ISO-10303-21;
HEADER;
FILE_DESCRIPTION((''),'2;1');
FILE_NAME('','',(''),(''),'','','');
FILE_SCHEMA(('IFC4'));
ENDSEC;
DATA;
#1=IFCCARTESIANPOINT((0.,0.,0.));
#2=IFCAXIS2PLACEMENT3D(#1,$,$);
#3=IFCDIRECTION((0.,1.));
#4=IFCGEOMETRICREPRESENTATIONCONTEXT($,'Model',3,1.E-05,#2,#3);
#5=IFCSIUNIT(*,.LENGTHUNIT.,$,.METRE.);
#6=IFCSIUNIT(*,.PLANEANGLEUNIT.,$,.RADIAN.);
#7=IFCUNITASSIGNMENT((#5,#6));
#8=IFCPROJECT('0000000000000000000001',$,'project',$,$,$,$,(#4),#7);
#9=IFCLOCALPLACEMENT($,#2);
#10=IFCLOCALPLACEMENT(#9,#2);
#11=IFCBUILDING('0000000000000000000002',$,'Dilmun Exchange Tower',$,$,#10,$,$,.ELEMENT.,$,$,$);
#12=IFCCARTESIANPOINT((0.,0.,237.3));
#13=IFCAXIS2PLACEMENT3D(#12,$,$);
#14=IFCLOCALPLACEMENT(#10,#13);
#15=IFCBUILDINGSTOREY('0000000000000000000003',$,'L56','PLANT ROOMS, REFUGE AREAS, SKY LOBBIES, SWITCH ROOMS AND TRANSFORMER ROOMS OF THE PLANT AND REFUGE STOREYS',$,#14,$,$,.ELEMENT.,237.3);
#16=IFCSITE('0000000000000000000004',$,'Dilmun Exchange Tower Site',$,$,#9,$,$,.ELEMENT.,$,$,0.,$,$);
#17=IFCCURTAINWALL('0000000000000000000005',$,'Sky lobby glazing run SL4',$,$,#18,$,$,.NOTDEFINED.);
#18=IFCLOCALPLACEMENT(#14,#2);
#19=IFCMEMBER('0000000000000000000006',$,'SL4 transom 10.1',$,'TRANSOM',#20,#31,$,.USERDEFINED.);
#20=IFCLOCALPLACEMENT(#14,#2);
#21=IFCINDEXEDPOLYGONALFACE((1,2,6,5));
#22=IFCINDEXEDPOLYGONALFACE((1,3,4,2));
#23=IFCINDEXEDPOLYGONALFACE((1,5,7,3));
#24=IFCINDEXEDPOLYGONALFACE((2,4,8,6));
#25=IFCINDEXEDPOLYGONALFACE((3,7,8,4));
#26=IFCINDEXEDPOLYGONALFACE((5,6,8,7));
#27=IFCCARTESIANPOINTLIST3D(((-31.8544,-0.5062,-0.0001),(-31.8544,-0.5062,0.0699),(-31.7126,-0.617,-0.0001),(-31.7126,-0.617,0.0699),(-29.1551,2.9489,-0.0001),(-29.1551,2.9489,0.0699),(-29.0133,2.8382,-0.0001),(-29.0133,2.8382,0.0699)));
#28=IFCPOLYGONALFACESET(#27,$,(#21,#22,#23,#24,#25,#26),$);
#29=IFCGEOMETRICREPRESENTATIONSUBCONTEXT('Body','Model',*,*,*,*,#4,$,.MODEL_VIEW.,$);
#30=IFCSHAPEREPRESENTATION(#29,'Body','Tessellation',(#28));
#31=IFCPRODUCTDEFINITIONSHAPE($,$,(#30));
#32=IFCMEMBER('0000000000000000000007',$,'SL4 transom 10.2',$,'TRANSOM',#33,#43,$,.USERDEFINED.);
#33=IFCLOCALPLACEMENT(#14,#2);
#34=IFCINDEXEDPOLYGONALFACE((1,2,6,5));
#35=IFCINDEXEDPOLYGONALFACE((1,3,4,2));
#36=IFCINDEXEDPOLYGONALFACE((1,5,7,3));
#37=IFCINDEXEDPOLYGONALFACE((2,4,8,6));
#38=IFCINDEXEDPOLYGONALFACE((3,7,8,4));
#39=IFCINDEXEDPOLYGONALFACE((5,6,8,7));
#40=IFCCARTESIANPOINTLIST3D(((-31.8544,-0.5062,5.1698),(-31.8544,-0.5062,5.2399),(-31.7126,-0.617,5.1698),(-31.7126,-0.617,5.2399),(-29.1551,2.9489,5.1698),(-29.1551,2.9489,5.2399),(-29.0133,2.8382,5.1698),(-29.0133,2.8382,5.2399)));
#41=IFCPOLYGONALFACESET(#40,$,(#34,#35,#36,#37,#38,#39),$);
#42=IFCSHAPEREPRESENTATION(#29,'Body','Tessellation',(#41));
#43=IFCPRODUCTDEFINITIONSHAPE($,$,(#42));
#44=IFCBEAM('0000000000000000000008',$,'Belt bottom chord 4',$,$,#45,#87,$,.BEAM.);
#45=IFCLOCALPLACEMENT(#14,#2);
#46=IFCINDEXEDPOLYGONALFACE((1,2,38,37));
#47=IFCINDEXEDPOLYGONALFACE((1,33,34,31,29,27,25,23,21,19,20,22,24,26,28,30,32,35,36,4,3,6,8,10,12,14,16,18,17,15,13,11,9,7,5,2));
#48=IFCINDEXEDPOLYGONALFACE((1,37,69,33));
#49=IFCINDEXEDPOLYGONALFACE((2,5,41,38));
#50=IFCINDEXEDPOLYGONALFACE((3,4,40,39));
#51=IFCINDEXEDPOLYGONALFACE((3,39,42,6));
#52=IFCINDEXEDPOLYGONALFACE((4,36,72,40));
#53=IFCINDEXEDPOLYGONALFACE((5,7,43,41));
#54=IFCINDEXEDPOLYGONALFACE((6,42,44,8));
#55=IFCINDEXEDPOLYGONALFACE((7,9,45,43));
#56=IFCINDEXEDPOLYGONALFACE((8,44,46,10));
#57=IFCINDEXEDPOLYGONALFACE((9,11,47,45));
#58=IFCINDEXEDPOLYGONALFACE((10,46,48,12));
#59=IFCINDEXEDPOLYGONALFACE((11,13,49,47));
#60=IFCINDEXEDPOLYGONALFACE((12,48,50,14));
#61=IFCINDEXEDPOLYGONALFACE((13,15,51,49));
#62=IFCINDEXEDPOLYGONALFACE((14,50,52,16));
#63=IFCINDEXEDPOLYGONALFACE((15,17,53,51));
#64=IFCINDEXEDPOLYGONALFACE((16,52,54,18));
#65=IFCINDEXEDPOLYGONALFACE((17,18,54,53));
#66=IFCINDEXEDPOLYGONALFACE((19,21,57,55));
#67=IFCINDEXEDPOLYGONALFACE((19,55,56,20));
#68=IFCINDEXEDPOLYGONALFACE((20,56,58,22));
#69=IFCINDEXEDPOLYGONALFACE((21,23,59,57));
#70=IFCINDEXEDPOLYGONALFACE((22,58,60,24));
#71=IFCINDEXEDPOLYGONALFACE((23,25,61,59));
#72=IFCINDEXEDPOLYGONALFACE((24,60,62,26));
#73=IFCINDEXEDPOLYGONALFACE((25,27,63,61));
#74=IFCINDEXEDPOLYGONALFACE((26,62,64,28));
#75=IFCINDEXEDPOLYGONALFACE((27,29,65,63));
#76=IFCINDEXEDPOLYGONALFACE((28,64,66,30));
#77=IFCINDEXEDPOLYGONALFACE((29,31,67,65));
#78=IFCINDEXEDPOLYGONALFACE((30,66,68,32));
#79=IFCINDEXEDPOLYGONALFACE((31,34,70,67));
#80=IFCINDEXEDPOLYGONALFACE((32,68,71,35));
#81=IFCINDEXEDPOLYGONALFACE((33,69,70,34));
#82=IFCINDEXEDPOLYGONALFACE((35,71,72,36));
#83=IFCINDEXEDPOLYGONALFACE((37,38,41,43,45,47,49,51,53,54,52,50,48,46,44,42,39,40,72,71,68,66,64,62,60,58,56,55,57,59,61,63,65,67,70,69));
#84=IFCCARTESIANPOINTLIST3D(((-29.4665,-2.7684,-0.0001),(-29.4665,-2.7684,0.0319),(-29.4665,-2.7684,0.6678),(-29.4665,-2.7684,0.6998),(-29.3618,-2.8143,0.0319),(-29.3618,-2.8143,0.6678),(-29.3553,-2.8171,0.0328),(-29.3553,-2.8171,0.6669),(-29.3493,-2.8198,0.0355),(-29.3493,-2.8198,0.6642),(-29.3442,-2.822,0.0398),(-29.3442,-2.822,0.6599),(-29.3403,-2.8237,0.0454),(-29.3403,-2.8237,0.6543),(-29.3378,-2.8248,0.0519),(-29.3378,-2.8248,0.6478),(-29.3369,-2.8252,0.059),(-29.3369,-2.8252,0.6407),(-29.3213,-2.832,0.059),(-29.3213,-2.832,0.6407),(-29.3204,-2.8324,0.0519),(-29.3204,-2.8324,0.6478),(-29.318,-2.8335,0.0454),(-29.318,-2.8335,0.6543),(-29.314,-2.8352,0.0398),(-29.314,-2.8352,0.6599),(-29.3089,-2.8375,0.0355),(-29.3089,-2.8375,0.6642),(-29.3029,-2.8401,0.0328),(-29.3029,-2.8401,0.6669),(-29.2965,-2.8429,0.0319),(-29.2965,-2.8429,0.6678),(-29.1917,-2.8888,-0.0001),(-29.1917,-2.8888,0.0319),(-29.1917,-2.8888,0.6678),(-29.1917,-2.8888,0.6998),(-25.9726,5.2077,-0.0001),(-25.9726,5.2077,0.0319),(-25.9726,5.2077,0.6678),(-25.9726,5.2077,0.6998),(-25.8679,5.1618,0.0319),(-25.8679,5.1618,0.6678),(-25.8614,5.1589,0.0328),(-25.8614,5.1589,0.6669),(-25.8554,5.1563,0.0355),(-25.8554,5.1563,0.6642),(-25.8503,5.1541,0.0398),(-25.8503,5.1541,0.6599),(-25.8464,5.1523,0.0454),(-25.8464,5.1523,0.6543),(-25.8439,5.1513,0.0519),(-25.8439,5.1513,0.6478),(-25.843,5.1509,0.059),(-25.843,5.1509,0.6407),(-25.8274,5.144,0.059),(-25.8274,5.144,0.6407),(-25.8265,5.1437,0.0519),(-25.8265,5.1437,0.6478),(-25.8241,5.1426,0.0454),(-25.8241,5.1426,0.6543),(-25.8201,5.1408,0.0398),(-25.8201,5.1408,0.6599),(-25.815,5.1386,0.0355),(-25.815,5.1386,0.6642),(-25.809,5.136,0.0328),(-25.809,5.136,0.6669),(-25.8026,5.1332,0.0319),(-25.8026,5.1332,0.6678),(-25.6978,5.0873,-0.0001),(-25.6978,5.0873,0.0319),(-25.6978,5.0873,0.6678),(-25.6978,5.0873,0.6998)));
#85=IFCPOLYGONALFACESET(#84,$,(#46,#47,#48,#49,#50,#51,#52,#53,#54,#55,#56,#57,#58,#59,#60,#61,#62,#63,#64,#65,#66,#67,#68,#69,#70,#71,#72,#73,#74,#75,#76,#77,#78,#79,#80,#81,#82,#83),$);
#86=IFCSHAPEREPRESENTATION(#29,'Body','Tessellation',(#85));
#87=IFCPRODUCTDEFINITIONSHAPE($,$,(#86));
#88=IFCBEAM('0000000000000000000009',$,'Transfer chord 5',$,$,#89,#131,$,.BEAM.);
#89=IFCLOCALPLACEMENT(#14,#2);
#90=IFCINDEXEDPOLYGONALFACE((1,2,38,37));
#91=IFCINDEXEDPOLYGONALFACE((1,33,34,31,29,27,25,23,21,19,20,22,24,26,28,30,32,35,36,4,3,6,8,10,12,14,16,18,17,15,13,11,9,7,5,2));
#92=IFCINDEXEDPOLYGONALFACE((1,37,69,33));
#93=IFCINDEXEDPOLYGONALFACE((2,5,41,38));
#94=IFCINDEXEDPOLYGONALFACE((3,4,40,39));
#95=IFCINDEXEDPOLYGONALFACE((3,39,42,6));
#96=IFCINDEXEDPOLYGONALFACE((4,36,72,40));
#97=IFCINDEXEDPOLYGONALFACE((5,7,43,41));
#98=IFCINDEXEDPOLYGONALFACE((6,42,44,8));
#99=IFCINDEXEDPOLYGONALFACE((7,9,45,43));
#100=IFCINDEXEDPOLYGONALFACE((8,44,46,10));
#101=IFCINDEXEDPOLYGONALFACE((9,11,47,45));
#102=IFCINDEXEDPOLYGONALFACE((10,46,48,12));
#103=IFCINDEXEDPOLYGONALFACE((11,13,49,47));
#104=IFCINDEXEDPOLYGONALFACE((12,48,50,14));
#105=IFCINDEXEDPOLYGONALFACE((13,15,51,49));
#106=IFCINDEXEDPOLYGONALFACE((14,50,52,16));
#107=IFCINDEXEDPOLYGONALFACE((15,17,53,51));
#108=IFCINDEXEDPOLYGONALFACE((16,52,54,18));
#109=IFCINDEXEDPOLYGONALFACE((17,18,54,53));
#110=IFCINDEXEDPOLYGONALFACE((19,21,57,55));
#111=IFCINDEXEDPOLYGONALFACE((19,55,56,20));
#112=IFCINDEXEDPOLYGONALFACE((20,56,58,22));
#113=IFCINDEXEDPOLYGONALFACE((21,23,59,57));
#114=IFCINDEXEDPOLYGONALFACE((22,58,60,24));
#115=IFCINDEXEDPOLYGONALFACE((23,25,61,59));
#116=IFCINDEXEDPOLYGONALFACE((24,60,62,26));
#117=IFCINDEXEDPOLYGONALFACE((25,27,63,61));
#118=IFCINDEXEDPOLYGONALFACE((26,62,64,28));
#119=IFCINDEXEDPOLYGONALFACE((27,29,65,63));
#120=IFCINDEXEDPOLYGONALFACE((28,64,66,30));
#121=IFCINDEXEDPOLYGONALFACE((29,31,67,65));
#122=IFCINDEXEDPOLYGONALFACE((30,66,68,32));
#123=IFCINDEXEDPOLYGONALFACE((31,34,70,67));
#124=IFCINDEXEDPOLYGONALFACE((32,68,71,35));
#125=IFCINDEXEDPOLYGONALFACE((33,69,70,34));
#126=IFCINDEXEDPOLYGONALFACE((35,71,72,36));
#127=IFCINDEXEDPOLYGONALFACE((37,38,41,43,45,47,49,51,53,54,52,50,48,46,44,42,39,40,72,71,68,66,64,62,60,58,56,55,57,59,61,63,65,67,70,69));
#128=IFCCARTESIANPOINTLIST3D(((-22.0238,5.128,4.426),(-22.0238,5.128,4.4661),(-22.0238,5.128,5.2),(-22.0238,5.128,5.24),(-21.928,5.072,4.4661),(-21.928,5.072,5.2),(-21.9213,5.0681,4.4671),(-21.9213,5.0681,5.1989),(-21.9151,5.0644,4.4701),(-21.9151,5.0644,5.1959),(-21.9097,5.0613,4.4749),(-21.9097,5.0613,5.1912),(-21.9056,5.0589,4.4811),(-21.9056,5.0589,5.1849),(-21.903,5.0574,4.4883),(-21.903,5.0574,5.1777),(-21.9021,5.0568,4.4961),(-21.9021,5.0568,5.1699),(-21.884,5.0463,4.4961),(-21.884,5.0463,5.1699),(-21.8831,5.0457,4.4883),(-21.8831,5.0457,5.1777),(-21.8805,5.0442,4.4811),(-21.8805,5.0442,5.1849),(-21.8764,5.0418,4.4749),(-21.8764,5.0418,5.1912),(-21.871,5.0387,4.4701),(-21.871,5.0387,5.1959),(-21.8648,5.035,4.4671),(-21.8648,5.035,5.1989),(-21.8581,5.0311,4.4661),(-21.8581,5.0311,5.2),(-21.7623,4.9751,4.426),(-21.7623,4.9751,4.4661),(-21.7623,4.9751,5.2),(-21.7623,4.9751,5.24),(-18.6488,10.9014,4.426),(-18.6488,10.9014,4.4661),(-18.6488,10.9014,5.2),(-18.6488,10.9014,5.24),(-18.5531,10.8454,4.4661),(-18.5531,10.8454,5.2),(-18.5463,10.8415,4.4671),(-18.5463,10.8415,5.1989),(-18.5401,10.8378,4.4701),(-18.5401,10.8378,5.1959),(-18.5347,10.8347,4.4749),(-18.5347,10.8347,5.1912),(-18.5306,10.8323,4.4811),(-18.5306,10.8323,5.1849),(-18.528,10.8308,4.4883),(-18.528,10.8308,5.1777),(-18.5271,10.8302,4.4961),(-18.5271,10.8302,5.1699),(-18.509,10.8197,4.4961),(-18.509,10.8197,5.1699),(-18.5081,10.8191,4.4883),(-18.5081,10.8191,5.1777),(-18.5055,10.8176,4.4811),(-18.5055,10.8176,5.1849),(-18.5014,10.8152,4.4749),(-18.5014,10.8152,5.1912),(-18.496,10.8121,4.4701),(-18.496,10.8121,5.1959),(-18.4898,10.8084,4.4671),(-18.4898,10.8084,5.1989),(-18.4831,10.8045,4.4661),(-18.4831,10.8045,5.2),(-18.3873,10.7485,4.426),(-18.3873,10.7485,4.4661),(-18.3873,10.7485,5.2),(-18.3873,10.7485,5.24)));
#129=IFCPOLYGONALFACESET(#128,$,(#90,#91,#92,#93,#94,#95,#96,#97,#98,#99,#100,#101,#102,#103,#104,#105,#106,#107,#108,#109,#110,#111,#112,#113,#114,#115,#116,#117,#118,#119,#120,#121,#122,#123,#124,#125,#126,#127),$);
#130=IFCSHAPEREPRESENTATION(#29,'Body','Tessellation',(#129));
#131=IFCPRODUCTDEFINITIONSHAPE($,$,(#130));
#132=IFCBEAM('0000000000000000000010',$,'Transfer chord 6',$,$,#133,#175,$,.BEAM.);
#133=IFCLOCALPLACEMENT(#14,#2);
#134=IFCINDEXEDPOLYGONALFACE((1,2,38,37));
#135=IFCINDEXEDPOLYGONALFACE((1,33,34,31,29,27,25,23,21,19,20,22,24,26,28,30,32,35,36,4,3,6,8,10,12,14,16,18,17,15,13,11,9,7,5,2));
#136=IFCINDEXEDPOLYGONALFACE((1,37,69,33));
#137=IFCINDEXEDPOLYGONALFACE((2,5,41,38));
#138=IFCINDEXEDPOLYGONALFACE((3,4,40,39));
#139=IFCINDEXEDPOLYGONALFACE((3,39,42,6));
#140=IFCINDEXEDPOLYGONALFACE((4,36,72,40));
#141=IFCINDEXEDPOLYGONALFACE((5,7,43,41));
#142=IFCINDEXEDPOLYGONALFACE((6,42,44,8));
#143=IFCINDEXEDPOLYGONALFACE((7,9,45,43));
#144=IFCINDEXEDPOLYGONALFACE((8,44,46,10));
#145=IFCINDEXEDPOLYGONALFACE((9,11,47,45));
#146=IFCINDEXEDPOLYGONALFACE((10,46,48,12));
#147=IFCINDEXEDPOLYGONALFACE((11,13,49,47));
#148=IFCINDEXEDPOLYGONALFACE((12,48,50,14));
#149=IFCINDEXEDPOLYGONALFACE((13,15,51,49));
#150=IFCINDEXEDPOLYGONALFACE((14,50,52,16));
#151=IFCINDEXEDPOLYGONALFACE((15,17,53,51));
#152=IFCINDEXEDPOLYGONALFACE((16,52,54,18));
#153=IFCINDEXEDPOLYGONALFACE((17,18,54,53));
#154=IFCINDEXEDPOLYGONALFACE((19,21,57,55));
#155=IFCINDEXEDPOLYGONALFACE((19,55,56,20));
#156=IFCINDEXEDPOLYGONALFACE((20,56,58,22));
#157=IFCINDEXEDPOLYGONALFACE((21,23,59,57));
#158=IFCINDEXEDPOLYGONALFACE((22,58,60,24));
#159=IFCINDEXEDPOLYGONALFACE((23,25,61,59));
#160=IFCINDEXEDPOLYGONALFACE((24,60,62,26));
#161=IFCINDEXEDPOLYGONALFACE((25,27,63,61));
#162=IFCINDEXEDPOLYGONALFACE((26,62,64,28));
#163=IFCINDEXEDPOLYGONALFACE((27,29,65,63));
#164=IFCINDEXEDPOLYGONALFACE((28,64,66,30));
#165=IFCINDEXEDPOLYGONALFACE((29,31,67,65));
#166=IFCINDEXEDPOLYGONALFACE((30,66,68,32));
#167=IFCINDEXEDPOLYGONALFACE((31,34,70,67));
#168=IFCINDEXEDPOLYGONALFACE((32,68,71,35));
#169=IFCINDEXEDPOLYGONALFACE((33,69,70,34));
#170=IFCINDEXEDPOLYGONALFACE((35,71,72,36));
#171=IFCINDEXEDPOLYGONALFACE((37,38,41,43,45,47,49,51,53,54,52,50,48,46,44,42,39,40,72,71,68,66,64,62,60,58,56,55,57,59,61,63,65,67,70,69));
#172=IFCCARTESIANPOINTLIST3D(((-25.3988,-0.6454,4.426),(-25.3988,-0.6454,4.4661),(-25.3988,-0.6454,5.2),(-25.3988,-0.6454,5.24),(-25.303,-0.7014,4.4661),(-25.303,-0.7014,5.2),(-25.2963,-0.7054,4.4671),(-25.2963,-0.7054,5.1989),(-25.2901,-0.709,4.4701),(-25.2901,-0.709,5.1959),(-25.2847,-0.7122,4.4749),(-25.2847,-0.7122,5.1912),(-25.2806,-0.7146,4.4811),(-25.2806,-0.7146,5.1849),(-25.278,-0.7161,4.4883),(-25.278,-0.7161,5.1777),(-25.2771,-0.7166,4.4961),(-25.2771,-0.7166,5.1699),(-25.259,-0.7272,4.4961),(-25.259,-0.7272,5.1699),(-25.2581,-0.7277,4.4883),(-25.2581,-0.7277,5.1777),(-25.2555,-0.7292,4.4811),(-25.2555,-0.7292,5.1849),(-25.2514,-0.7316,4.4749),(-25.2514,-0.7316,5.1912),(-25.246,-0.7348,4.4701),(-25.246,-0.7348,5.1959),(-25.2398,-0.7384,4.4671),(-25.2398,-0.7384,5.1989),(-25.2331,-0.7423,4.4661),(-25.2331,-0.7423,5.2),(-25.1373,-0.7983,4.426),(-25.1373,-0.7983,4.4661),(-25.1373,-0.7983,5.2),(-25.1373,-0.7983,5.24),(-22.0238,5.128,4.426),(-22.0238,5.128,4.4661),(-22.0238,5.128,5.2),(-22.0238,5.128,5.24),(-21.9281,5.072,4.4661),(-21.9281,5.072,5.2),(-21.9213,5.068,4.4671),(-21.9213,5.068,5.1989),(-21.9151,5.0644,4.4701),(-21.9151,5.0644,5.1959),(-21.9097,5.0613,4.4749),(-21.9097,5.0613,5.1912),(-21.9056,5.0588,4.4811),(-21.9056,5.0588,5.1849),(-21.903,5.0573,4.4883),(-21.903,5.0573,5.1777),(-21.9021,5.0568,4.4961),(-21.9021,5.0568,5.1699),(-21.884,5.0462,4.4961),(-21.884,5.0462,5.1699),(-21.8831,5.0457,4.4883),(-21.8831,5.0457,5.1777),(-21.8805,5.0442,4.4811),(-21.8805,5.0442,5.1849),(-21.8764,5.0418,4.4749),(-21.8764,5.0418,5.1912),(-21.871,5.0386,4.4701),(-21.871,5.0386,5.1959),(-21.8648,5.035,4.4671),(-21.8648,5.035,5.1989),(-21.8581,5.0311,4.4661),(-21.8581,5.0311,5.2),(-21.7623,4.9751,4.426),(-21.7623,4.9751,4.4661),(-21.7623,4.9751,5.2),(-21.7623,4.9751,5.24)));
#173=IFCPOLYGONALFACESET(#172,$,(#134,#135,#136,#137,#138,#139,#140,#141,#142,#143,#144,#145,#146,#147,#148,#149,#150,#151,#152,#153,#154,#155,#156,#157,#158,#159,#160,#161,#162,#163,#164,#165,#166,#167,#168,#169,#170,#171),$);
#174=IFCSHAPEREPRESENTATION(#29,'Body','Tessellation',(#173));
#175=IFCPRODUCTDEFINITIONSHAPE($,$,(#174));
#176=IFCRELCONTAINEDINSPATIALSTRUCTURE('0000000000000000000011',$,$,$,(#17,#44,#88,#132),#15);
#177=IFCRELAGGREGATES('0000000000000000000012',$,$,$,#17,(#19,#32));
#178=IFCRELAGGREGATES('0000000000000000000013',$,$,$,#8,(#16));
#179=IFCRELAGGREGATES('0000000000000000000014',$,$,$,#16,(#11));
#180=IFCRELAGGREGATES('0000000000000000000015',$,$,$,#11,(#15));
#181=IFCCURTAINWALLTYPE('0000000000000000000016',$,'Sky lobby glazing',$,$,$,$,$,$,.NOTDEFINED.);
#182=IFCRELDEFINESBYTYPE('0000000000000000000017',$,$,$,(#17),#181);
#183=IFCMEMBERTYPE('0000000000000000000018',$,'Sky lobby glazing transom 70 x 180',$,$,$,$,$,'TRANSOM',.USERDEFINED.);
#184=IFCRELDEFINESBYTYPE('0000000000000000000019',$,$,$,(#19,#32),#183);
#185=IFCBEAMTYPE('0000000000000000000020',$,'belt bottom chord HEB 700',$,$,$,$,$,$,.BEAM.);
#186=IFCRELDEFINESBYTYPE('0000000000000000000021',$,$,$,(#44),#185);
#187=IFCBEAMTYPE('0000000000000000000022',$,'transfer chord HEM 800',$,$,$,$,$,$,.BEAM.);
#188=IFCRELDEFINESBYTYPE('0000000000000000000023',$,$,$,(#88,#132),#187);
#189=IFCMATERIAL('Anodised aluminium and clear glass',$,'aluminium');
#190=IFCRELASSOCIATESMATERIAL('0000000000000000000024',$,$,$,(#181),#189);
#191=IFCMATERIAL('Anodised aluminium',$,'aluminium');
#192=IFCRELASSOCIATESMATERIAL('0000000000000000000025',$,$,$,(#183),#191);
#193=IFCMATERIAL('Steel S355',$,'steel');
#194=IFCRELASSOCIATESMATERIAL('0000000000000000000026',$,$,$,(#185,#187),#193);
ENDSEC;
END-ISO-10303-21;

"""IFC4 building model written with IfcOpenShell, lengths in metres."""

from ifc_helpers import new_model, si_unit, direction, frame, origin, origin_2d, place, context, subcontext, project, spatial, rectangle, i_section, extrude, material, material_profile, profile_set, type_object, element, aggregate, save


model = new_model("IFC4")

# Units and contexts
model_context = context("Model", 3, precision=1e-05, world=origin(), true_north=direction((0.0, 1.0)))
body_context = subcontext(model_context, "Body", "Model", "MODEL_VIEW")
ifc_project = project(units=[si_unit("LENGTHUNIT", "METRE"), si_unit("PLANEANGLEUNIT", "RADIAN")], contexts=[model_context])

# Site, building, storey
site_placement = place(None, origin())
site = spatial("IfcSite", under=ifc_project, at=site_placement, Name="Dilmun Exchange Tower Site", CompositionType="ELEMENT", RefElevation=0.0)
building_placement = place(site_placement, origin())
building = spatial("IfcBuilding", under=site, at=building_placement, Name="Dilmun Exchange Tower", CompositionType="ELEMENT")
storey_placement = place(building_placement, frame((0.0, 0.0, 237.3)))
storey = spatial("IfcBuildingStorey", under=building, at=storey_placement, Name="L56", Description="PLANT ROOMS, REFUGE AREAS, SKY LOBBIES, SWITCH ROOMS AND TRANSFORMER ROOMS OF THE PLANT AND REFUGE STOREYS", CompositionType="ELEMENT", Elevation=237.3)

# Curtain wall, members
ifc_material_1 = material(Name="Anodised aluminium and clear glass", Category="aluminium")
curtain_wall_type = type_object("IfcCurtainWallType", Name="Sky lobby glazing", PredefinedType="NOTDEFINED", material=ifc_material_1)
curtain_wall_placement = place(storey_placement, origin())
curtain_wall = element("IfcCurtainWall", 1, at=curtain_wall_placement, inside=storey, type_object=curtain_wall_type, Name="Sky lobby glazing run SL4", PredefinedType="NOTDEFINED")
ifc_material_2 = material(Name="Anodised aluminium", Category="aluminium")
ifc_material_profile_1 = material_profile(ifc_material_2, rectangle(XDim=0.1799, YDim=0.0701, at=origin_2d()), Name="AL 70x180")
ifc_profile_set_1 = profile_set([ifc_material_profile_1], Name="Anodised aluminium")
member_type_1 = type_object("IfcMemberType", Name="Sky lobby glazing transom 70 x 180", ElementType="TRANSOM", PredefinedType="USERDEFINED", material=ifc_profile_set_1)
member_1_placement = place(storey_placement, frame((-29.0842, 2.8936, 0.0349), z_axis=(-0.615635, -0.788031, 0.0), x_axis=(0.788031, -0.615635, 0.0)))
member_1 = element("IfcMember", 2, at=member_1_placement, type_object=member_type_1, Name="SL4 transom 10.1", ObjectType="TRANSOM", PredefinedType="USERDEFINED", context=body_context, shape_type="SweptSolid", body=[
    extrude(rectangle(XDim=0.1799, YDim=0.0701, at=origin_2d()), origin(), (0.0, 0.0, 1.0), 4.3845),
])
member_2_placement = place(storey_placement, frame((-29.0842, 2.8936, 5.2048), z_axis=(-0.615635, -0.788031, 0.0), x_axis=(0.788031, -0.615635, 0.0)))
member_2 = element("IfcMember", 3, at=member_2_placement, type_object=member_type_1, Name="SL4 transom 10.2", ObjectType="TRANSOM", PredefinedType="USERDEFINED", context=body_context, shape_type="SweptSolid", body=[
    extrude(rectangle(XDim=0.1799, YDim=0.0701, at=origin_2d()), origin(), (0.0, 0.0, 1.0), 4.3845),
])

# Beams
ifc_material_3 = material(Name="Steel S355", Category="steel")
ifc_material_profile_2 = material_profile(ifc_material_3, i_section(OverallWidth=0.3, OverallDepth=0.7, WebThickness=0.0171, FlangeThickness=0.032, FilletRadius=0.0271, at=origin_2d()), Name="HEB 700")
ifc_profile_set_2 = profile_set([ifc_material_profile_2], Name="Steel S355")
beam_type_1 = type_object("IfcBeamType", Name="belt bottom chord HEB 700", PredefinedType="BEAM", material=ifc_profile_set_2)
beam_1_placement = place(storey_placement, frame((-25.8352, 5.1475, 0.3499), z_axis=(-0.401239, -0.915973, 0.0), x_axis=(0.915973, -0.401239, 0.0)))
element("IfcBeam", 4, at=beam_1_placement, inside=storey, type_object=beam_type_1, Name="Belt bottom chord 4", PredefinedType="BEAM", context=body_context, shape_type="SweptSolid", body=[
    extrude(i_section(OverallWidth=0.3, OverallDepth=0.7, WebThickness=0.0171, FlangeThickness=0.032, FilletRadius=0.0271, at=origin_2d()), origin(), (0.0, 0.0, 1.0), 8.7078),
])
ifc_material_profile_3 = material_profile(ifc_material_3, i_section(OverallWidth=0.303, OverallDepth=0.814, WebThickness=0.021, FlangeThickness=0.04, FilletRadius=0.03, at=origin_2d()), Name="HEM 800")
ifc_profile_set_3 = profile_set([ifc_material_profile_3], Name="Steel S355")
beam_type_2 = type_object("IfcBeamType", Name="transfer chord HEM 800", PredefinedType="BEAM", material=ifc_profile_set_3)
for number, where, z_axis, x_axis, name in (
    (5, (-18.5181, 10.825, 4.833), (-0.50467, -0.863312, 0.0), (0.863312, -0.50467, 0.0), "Transfer chord 5"),
    (6, (-21.8931, 5.0515, 4.833), (-0.50467, -0.863312, 0.0), (0.863312, -0.50467, 0.0), "Transfer chord 6"),
):
    element("IfcBeam", number, at=place(storey_placement, frame(where, z_axis=z_axis, x_axis=x_axis)), inside=storey, type_object=beam_type_2, Name=name, PredefinedType="BEAM", context=body_context, shape_type="SweptSolid", body=[
        extrude(i_section(OverallWidth=0.303, OverallDepth=0.814, WebThickness=0.021, FlangeThickness=0.04, FilletRadius=0.03, at=origin_2d()), origin(), (0.0, 0.0, 1.0), 6.6875),
    ])

aggregate(curtain_wall, [member_1, member_2])

save(model, "model.ifc")
